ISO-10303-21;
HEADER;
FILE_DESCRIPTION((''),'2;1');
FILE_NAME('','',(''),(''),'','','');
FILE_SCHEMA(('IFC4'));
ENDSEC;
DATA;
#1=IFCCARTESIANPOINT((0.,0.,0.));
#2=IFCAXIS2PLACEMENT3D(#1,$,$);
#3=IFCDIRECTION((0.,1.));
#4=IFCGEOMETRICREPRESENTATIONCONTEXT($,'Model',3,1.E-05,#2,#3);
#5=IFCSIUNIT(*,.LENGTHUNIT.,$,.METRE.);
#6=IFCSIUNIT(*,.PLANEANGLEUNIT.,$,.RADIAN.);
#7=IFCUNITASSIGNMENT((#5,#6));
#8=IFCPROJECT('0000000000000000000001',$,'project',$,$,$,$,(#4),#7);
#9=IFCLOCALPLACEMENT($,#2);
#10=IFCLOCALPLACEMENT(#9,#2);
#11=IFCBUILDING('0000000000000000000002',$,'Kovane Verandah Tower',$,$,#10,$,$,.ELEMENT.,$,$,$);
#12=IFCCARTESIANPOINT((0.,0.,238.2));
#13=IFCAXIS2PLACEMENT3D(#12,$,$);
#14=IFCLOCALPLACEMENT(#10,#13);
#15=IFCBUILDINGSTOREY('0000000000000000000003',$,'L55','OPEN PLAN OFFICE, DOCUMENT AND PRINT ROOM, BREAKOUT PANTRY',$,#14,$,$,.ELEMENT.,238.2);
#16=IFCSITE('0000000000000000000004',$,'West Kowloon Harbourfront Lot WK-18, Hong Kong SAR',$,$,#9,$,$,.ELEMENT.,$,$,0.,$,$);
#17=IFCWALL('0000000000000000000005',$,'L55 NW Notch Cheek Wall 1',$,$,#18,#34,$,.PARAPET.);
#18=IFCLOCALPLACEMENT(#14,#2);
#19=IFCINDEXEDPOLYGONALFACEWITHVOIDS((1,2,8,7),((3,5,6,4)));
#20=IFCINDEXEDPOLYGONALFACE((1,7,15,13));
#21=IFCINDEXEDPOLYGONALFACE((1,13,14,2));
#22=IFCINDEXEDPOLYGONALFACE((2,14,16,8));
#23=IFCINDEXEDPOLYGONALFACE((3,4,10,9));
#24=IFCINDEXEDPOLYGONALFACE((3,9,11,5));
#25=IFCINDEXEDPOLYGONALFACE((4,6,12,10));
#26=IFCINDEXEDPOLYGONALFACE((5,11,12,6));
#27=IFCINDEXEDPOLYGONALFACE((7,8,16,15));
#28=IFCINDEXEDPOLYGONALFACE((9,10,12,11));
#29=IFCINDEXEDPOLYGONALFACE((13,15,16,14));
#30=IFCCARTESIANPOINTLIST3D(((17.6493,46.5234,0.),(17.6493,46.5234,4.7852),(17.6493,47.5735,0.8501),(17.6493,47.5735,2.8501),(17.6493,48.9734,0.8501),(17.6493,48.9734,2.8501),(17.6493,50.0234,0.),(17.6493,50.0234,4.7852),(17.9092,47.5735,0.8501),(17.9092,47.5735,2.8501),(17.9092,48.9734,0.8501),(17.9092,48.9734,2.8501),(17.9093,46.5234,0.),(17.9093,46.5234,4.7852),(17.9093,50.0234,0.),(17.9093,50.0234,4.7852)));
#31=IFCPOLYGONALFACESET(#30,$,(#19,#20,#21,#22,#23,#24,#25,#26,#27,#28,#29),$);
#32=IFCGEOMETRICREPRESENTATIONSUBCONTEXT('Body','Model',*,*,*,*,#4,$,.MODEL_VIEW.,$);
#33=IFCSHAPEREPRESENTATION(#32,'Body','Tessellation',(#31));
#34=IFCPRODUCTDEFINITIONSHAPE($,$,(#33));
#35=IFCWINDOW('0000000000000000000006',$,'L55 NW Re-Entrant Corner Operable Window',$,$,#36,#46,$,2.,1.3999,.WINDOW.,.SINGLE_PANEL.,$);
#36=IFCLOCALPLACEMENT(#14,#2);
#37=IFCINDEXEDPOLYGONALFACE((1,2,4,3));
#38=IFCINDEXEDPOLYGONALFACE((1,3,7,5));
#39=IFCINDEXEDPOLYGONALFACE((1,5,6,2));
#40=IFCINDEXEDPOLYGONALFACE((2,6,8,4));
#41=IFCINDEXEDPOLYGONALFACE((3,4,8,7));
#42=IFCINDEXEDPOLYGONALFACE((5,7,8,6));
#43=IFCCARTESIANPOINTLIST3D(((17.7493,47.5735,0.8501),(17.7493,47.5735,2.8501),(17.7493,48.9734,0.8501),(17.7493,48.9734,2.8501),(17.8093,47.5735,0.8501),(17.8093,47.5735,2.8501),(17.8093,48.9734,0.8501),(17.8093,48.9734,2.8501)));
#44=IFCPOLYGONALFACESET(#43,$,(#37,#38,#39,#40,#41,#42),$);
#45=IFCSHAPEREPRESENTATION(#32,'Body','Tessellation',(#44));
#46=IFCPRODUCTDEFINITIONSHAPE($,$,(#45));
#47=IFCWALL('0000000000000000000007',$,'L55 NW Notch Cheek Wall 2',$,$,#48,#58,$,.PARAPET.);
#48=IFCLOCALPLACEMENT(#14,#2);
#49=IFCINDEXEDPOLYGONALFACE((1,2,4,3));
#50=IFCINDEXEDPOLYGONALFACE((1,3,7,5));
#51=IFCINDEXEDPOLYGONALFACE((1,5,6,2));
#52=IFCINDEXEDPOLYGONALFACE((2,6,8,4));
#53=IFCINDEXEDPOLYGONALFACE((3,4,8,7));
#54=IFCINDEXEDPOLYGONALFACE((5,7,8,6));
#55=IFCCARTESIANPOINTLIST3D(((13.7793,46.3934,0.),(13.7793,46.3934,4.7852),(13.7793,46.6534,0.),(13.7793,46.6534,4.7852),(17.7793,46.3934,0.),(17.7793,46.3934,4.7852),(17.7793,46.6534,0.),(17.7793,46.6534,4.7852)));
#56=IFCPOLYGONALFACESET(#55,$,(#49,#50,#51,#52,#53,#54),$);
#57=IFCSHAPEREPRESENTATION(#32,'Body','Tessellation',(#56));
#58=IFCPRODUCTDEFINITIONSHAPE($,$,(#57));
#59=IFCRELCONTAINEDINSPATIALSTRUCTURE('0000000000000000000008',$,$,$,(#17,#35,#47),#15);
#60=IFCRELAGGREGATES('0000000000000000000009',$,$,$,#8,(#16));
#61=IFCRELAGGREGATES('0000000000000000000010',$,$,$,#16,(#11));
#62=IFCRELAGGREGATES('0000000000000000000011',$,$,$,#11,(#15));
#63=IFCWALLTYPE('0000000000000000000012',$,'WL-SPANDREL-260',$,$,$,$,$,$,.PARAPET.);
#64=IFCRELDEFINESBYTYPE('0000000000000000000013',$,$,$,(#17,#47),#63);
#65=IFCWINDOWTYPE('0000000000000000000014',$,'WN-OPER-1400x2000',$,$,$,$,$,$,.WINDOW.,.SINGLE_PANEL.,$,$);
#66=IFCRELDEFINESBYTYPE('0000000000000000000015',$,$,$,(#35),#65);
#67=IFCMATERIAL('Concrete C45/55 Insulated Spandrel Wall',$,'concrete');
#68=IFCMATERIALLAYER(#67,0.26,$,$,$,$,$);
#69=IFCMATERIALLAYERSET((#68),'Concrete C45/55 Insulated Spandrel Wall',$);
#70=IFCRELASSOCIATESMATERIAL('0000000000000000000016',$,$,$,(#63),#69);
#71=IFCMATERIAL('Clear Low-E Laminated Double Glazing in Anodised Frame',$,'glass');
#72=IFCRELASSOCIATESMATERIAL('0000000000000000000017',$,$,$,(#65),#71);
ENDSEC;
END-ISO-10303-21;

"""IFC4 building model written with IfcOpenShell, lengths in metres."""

from ifc_helpers import new_model, si_unit, direction, frame, frame_2d, origin, place, context, subcontext, project, spatial, rectangle, extrude, material, layer, layer_set, type_object, element, fill, save


model = new_model("IFC4")

# Units and contexts
model_context = context("Model", 3, precision=1e-05, world=origin(), true_north=direction((0.0, 1.0)))
body_context = subcontext(model_context, "Body", "Model", "MODEL_VIEW")
ifc_project = project(units=[si_unit("LENGTHUNIT", "METRE"), si_unit("PLANEANGLEUNIT", "RADIAN")], contexts=[model_context])

# Site, building, storey
site_placement = place(None, origin())
site = spatial("IfcSite", under=ifc_project, at=site_placement, Name="West Kowloon Harbourfront Lot WK-18, Hong Kong SAR", CompositionType="ELEMENT", RefElevation=0.0)
building_placement = place(site_placement, origin())
building = spatial("IfcBuilding", under=site, at=building_placement, Name="Kovane Verandah Tower", CompositionType="ELEMENT")
storey_placement = place(building_placement, frame((0.0, 0.0, 238.2)))
storey = spatial("IfcBuildingStorey", under=building, at=storey_placement, Name="L55", Description="OPEN PLAN OFFICE, DOCUMENT AND PRINT ROOM, BREAKOUT PANTRY", CompositionType="ELEMENT", Elevation=238.2)

# Wall, opening, window
ifc_material_1 = material(Name="Concrete C45/55 Insulated Spandrel Wall", Category="concrete")
ifc_layer_1 = layer(ifc_material_1, 0.26)
ifc_layer_set_1 = layer_set([ifc_layer_1], Name="Concrete C45/55 Insulated Spandrel Wall")
wall_type = type_object("IfcWallType", Name="WL-SPANDREL-260", PredefinedType="PARAPET", material=ifc_layer_set_1)
wall_1_placement = place(storey_placement, frame((17.7793, 50.0234, 0.0), z_axis=(0.0, 0.0, 1.0), x_axis=(0.0, -1.0, 0.0)))
wall_1 = element("IfcWall", 1, at=wall_1_placement, inside=storey, type_object=wall_type, Name="L55 NW Notch Cheek Wall 1", PredefinedType="PARAPET", context=body_context, shape_type="SweptSolid", body=[
    extrude(rectangle(XDim=3.5, YDim=0.26, at=frame_2d((1.75, 0.0))), origin(), (0.0, 0.0, 1.0), 4.7852),
])
opening_placement = place(wall_1_placement, frame((1.05, 0.0, 0.8501)))
opening = element("IfcOpeningElement", 2, at=opening_placement, cuts=wall_1, PredefinedType="OPENING", context=body_context, shape_type="SweptSolid", body=[
    extrude(rectangle(XDim=1.3999, YDim=2.0, at=frame_2d((0.7, 1.0))), frame((0.0, 0.1299, 0.0), z_axis=(0.0, -1.0, 0.0), x_axis=(1.0, 0.0, 0.0)), (0.0, 0.0, 1.0), 0.26),
])
ifc_material_2 = material(Name="Clear Low-E Laminated Double Glazing in Anodised Frame", Category="glass")
window_type = type_object("IfcWindowType", Name="WN-OPER-1400x2000", PartitioningType="SINGLE_PANEL", PredefinedType="WINDOW", material=ifc_material_2)
window_placement = place(opening_placement, origin())
window = element("IfcWindow", 3, at=window_placement, inside=storey, type_object=window_type, Name="L55 NW Re-Entrant Corner Operable Window", OverallHeight=2.0, OverallWidth=1.3999, PartitioningType="SINGLE_PANEL", PredefinedType="WINDOW", context=body_context, shape_type="SweptSolid", body=[
    extrude(rectangle(XDim=1.3999, YDim=2.0, at=frame_2d((0.7, 1.0))), frame((0.0, 0.03, 0.0), z_axis=(0.0, -1.0, 0.0), x_axis=(1.0, 0.0, 0.0)), (0.0, 0.0, 1.0), 0.0601),
])
fill(opening, window)

# Wall
wall_2_placement = place(storey_placement, frame((17.7793, 46.5234, 0.0), z_axis=(0.0, 0.0, 1.0), x_axis=(-1.0, 0.0, 0.0)))
element("IfcWall", 4, at=wall_2_placement, inside=storey, type_object=wall_type, Name="L55 NW Notch Cheek Wall 2", PredefinedType="PARAPET", context=body_context, shape_type="SweptSolid", body=[
    extrude(rectangle(XDim=4.0, YDim=0.26, at=frame_2d((2.0, 0.0))), origin(), (0.0, 0.0, 1.0), 4.7852),
])

save(model, "model.ifc")
